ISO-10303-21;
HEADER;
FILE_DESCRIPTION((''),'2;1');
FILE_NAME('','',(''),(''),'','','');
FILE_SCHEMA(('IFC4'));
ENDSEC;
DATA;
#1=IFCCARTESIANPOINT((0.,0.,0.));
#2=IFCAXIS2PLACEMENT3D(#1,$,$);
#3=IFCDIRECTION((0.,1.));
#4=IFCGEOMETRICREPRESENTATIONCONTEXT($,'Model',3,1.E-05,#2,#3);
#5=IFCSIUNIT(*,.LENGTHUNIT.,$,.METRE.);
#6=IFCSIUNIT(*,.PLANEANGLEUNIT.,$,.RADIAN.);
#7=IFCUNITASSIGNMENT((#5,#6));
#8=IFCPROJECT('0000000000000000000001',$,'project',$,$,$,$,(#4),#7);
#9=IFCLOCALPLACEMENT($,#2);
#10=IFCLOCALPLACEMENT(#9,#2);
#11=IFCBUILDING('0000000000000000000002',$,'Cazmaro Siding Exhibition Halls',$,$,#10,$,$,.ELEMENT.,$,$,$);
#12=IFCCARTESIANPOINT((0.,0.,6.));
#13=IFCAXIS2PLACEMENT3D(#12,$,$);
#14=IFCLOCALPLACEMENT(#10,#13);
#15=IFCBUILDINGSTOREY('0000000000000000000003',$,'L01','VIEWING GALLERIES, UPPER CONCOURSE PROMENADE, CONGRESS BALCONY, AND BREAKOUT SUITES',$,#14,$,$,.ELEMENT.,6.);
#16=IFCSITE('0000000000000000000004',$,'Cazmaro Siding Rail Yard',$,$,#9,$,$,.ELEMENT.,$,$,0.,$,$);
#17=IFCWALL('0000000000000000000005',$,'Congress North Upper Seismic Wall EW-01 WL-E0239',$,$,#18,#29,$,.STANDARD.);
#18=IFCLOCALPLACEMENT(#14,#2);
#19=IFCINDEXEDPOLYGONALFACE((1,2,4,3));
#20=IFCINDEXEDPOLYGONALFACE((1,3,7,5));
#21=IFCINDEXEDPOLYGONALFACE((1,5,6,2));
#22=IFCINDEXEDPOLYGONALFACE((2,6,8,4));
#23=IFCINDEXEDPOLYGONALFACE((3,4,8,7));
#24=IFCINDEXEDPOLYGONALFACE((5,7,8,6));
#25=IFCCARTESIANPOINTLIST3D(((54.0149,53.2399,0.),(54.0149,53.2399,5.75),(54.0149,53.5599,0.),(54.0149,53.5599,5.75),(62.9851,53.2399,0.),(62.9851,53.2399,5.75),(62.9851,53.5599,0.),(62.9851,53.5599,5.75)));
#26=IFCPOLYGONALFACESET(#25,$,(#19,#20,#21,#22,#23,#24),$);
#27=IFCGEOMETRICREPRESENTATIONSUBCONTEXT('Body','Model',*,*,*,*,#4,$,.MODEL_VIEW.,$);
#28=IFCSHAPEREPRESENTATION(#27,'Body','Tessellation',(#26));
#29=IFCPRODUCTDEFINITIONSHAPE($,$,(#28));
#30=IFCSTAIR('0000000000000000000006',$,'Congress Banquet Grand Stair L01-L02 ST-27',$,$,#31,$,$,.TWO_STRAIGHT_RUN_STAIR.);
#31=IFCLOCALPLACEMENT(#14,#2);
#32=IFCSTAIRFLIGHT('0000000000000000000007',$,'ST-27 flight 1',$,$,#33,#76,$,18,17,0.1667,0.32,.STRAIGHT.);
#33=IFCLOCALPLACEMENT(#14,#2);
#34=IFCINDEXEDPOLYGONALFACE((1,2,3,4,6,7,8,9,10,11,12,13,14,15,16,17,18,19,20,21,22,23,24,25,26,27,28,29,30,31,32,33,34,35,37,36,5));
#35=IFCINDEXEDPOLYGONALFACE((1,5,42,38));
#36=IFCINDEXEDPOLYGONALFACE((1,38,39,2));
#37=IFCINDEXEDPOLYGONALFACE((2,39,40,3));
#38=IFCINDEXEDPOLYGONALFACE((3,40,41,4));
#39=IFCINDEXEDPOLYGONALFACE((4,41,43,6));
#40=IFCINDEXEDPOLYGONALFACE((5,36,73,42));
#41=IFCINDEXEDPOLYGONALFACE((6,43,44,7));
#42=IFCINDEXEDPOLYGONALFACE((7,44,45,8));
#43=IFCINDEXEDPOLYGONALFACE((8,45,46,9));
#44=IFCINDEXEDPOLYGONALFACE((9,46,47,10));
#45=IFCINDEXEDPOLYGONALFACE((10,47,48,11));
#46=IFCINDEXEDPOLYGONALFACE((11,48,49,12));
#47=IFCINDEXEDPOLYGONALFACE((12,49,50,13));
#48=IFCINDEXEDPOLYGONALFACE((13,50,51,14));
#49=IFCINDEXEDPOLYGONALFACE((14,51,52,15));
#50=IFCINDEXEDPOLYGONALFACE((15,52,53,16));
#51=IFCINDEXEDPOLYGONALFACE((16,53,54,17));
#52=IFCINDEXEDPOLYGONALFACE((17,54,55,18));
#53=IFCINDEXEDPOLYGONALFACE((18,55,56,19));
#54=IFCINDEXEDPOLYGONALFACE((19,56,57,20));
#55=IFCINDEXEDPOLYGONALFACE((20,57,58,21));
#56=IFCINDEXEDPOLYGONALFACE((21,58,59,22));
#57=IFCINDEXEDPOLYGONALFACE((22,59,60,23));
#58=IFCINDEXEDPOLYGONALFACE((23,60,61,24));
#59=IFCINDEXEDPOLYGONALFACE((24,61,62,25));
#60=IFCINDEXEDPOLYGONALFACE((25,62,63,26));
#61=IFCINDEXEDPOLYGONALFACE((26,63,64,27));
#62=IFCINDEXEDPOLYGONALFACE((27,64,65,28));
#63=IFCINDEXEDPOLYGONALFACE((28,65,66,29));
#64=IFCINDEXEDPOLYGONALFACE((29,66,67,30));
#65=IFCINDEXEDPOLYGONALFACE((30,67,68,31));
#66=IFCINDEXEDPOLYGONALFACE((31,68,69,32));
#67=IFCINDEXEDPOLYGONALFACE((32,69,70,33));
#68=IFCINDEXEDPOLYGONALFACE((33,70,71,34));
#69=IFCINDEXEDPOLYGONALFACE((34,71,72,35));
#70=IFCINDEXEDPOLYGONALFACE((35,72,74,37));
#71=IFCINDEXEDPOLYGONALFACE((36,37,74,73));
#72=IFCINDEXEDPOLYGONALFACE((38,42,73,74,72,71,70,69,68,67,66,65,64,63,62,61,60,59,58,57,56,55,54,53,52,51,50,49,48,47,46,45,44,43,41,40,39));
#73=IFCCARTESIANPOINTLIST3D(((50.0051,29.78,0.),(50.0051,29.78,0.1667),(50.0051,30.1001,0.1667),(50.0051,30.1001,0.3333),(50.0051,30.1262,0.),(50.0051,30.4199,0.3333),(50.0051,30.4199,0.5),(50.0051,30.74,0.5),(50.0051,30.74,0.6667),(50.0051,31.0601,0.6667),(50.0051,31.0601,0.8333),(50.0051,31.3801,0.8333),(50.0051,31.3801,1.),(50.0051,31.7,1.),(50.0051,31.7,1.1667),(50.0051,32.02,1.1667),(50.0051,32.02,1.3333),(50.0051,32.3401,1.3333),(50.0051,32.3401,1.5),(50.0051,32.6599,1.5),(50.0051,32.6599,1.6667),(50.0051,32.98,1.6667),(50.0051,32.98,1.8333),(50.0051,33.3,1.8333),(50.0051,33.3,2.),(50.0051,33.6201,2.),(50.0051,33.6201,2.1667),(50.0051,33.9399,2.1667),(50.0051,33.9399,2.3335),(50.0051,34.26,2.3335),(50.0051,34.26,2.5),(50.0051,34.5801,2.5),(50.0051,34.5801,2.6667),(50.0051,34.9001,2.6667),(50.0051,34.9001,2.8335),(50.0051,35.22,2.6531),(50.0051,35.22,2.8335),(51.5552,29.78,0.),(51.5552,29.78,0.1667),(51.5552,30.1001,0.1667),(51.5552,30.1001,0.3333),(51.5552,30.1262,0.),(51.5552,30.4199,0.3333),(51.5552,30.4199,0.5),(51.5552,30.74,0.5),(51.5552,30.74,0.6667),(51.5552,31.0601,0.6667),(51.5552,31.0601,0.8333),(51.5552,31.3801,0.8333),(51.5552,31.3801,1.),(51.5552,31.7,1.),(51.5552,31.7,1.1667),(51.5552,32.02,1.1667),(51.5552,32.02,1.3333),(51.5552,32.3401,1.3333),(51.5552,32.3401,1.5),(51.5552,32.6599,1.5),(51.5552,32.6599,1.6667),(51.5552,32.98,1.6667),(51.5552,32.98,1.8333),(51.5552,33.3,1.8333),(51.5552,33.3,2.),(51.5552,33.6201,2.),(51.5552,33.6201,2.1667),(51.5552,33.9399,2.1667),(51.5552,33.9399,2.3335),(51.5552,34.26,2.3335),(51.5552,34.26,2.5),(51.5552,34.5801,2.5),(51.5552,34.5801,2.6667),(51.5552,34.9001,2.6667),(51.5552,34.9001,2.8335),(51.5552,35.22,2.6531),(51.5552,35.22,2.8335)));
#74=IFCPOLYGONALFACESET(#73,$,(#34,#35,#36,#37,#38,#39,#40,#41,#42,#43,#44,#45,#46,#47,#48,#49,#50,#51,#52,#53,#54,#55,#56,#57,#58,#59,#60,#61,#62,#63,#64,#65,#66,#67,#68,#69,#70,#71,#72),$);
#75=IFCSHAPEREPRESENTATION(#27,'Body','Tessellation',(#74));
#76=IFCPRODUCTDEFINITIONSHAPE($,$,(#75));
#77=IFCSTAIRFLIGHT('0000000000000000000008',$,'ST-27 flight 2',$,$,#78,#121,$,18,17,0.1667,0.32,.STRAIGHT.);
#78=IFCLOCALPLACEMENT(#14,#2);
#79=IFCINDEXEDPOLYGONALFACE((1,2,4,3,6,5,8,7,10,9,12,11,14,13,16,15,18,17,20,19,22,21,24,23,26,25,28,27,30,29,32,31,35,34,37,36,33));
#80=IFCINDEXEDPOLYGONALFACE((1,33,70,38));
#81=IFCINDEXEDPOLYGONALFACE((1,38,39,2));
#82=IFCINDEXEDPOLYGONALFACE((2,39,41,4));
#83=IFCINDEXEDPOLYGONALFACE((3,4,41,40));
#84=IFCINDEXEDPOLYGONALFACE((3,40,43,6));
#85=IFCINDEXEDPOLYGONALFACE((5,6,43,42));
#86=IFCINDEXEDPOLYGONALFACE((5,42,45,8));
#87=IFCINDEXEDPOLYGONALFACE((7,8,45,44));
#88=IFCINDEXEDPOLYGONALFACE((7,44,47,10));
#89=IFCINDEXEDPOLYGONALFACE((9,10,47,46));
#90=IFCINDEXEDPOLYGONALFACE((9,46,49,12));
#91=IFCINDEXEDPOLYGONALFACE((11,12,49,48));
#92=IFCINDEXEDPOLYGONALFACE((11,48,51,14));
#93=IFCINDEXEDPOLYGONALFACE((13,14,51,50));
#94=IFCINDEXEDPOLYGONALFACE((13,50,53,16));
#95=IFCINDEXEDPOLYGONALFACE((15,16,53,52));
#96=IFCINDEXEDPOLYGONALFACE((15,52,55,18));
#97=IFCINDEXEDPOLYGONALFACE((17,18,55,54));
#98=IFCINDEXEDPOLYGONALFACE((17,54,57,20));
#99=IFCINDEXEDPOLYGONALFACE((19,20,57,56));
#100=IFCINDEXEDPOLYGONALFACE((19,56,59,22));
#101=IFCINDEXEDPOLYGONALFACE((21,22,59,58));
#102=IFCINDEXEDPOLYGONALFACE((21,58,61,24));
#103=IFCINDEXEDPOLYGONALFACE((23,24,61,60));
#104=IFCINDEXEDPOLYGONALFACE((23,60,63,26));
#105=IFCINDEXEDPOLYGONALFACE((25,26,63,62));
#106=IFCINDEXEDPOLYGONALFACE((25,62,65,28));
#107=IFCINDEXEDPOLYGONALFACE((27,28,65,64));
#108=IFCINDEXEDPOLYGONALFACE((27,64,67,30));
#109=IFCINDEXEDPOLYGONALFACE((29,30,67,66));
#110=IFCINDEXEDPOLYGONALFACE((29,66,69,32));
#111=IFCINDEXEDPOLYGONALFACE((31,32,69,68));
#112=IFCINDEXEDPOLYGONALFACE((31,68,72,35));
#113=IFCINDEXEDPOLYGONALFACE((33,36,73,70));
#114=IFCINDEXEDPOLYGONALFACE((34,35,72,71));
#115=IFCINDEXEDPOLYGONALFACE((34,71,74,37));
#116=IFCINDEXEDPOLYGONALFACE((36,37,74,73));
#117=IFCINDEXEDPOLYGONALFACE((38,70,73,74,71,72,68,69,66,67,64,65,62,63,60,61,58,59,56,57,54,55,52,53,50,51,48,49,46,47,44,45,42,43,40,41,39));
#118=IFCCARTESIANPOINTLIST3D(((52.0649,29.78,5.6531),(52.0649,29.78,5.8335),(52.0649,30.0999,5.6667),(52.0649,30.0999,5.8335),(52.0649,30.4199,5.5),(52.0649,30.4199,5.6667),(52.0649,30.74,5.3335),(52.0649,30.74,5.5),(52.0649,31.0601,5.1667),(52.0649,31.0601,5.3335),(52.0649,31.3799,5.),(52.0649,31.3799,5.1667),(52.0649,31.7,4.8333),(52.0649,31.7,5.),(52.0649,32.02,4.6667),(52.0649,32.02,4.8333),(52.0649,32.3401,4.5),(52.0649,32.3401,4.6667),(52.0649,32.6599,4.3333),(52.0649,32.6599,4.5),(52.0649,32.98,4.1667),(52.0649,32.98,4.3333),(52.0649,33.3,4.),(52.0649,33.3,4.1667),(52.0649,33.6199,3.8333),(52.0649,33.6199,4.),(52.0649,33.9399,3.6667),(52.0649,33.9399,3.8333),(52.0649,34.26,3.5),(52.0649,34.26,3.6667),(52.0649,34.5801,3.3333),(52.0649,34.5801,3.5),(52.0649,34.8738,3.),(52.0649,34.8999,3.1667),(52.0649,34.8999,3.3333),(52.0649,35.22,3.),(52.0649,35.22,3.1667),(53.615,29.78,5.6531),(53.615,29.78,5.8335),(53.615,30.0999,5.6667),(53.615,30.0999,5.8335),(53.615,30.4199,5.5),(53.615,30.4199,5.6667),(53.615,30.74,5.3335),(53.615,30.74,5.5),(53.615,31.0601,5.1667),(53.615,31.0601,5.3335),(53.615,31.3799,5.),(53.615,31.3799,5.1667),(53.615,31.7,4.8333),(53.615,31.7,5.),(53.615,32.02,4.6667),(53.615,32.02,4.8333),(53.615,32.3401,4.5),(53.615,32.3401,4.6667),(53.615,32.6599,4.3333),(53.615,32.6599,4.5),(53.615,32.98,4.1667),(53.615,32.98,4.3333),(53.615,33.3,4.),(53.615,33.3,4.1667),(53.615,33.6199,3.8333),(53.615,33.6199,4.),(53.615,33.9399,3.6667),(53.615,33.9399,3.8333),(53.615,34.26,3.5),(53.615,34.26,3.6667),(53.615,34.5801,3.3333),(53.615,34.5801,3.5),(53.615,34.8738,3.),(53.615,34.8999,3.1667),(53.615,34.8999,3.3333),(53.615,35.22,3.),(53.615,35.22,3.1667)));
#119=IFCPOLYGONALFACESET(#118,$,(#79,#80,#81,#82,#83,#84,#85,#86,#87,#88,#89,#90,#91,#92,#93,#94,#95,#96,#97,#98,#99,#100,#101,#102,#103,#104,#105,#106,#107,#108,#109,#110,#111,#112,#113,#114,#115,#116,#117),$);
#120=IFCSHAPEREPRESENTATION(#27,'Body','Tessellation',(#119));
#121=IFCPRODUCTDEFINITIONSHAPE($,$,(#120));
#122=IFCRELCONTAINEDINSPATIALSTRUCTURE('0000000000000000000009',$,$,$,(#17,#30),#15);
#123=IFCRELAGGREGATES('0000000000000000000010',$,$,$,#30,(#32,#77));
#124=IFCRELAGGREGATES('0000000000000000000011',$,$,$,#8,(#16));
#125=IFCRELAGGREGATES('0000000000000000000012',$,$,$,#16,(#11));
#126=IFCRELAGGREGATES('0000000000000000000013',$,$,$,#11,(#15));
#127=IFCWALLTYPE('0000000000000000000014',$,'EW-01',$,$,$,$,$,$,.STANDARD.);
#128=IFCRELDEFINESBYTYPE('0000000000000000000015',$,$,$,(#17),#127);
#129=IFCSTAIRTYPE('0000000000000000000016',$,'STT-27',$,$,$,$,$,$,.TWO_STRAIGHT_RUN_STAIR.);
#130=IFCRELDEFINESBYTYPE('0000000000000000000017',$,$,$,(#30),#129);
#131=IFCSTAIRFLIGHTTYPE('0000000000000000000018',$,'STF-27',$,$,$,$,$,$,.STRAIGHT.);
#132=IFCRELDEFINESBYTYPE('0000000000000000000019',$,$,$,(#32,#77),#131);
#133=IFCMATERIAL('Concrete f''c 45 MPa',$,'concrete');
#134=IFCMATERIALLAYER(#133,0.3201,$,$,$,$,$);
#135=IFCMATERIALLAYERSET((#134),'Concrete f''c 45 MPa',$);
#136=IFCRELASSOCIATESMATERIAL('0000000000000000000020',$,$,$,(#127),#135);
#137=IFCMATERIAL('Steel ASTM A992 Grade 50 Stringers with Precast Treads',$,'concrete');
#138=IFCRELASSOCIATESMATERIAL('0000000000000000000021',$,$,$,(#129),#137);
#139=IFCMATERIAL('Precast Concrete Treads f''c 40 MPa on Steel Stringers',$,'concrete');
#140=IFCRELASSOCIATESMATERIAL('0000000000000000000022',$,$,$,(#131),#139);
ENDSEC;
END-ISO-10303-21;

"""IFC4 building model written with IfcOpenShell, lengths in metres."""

from ifc_helpers import new_model, si_unit, direction, frame, frame_2d, origin, place, context, subcontext, project, spatial, polyline, rectangle, outline, extrude, material, layer, layer_set, type_object, element, aggregate, save


model = new_model("IFC4")

# Units and contexts
model_context = context("Model", 3, precision=1e-05, world=origin(), true_north=direction((0.0, 1.0)))
body_context = subcontext(model_context, "Body", "Model", "MODEL_VIEW")
ifc_project = project(units=[si_unit("LENGTHUNIT", "METRE"), si_unit("PLANEANGLEUNIT", "RADIAN")], contexts=[model_context])

# Site, building, storey
site_placement = place(None, origin())
site = spatial("IfcSite", under=ifc_project, at=site_placement, Name="Cazmaro Siding Rail Yard", CompositionType="ELEMENT", RefElevation=0.0)
building_placement = place(site_placement, origin())
building = spatial("IfcBuilding", under=site, at=building_placement, Name="Cazmaro Siding Exhibition Halls", CompositionType="ELEMENT")
storey_placement = place(building_placement, frame((0.0, 0.0, 6.0)))
storey = spatial("IfcBuildingStorey", under=building, at=storey_placement, Name="L01", Description="VIEWING GALLERIES, UPPER CONCOURSE PROMENADE, CONGRESS BALCONY, AND BREAKOUT SUITES", CompositionType="ELEMENT", Elevation=6.0)

# Wall
ifc_material_1 = material(Name="Concrete f'c 45 MPa", Category="concrete")
ifc_layer_1 = layer(ifc_material_1, 0.3201)
ifc_layer_set_1 = layer_set([ifc_layer_1], Name="Concrete f'c 45 MPa")
wall_type = type_object("IfcWallType", Name="EW-01", PredefinedType="STANDARD", material=ifc_layer_set_1)
wall_placement = place(storey_placement, frame((54.0149, 53.3999, 0.0), z_axis=(0.0, 0.0, 1.0), x_axis=(1.0, 0.0, 0.0)))
element("IfcWall", 1, at=wall_placement, inside=storey, type_object=wall_type, Name="Congress North Upper Seismic Wall EW-01 WL-E0239", PredefinedType="STANDARD", context=body_context, shape_type="SweptSolid", body=[
    extrude(rectangle(XDim=8.9702, YDim=0.3201, at=frame_2d((4.4851, 0.0))), origin(), (0.0, 0.0, 1.0), 5.75),
])

# Stair, stair flights
ifc_material_2 = material(Name="Steel ASTM A992 Grade 50 Stringers with Precast Treads", Category="concrete")
stair_type = type_object("IfcStairType", Name="STT-27", PredefinedType="TWO_STRAIGHT_RUN_STAIR", material=ifc_material_2)
stair_placement = place(storey_placement, origin())
stair = element("IfcStair", 2, at=stair_placement, inside=storey, type_object=stair_type, Name="Congress Banquet Grand Stair L01-L02 ST-27", PredefinedType="TWO_STRAIGHT_RUN_STAIR")
ifc_material_3 = material(Name="Precast Concrete Treads f'c 40 MPa on Steel Stringers", Category="concrete")
stair_flight_type = type_object("IfcStairFlightType", Name="STF-27", PredefinedType="STRAIGHT", material=ifc_material_3)
stair_flight_1_placement = place(storey_placement, frame((50.78, 29.78, 0.0), z_axis=(0.0, 0.0, 1.0), x_axis=(0.0, 1.0, 0.0)))
stair_flight_1 = element("IfcStairFlight", 3, at=stair_flight_1_placement, type_object=stair_flight_type, Name="ST-27 flight 1", NumberOfRisers=18, NumberOfTreads=17, PredefinedType="STRAIGHT", RiserHeight=0.1667, TreadLength=0.32, context=body_context, shape_type="SweptSolid", body=[
    extrude(outline(polyline([(0.0, 0.0), (0.0, 0.1667), (0.3201, 0.1667), (0.3201, 0.3333), (0.6399, 0.3333), (0.6399, 0.5), (0.96, 0.5), (0.96, 0.6667), (1.28, 0.6667), (1.28, 0.8333), (1.6001, 0.8333), (1.6001, 1.0), (1.9199, 1.0), (1.9199, 1.1667), (2.24, 1.1667), (2.24, 1.3333), (2.5601, 1.3333), (2.5601, 1.5), (2.8799, 1.5), (2.8799, 1.6667), (3.2, 1.6667), (3.2, 1.8333), (3.52, 1.8333), (3.52, 2.0), (3.8401, 2.0), (3.8401, 2.1667), (4.1599, 2.1667), (4.1599, 2.3335), (4.48, 2.3335), (4.48, 2.5), (4.8, 2.5), (4.8, 2.6667), (5.1201, 2.6667), (5.1201, 2.8335), (5.4399, 2.8335), (5.4399, 3.0), (5.4399, 2.6531), (0.3462, 0.0), (0.0, 0.0)])), frame((0.0, 0.7749, 0.0), z_axis=(0.0, -1.0, 0.0), x_axis=(1.0, 0.0, 0.0)), (0.0, 0.0, 1.0), 1.55),
])
stair_flight_2_placement = place(storey_placement, frame((52.8401, 35.22, 3.0), z_axis=(0.0, 0.0, 1.0), x_axis=(0.0, -1.0, 0.0)))
stair_flight_2 = element("IfcStairFlight", 4, at=stair_flight_2_placement, type_object=stair_flight_type, Name="ST-27 flight 2", NumberOfRisers=18, NumberOfTreads=17, PredefinedType="STRAIGHT", RiserHeight=0.1667, TreadLength=0.32, context=body_context, shape_type="SweptSolid", body=[
    extrude(outline(polyline([(0.0, 0.0), (0.0, 0.1667), (0.3201, 0.1667), (0.3201, 0.3333), (0.6399, 0.3333), (0.6399, 0.5), (0.96, 0.5), (0.96, 0.6667), (1.28, 0.6667), (1.28, 0.8333), (1.6001, 0.8333), (1.6001, 1.0), (1.9199, 1.0), (1.9199, 1.1667), (2.24, 1.1667), (2.24, 1.3333), (2.5601, 1.3333), (2.5601, 1.5), (2.8799, 1.5), (2.8799, 1.6667), (3.2, 1.6667), (3.2, 1.8333), (3.52, 1.8333), (3.52, 2.0), (3.8401, 2.0), (3.8401, 2.1667), (4.1599, 2.1667), (4.1599, 2.3335), (4.48, 2.3335), (4.48, 2.5), (4.8, 2.5), (4.8, 2.6667), (5.1201, 2.6667), (5.1201, 2.8335), (5.4399, 2.8335), (5.4399, 3.0), (5.4399, 2.6531), (0.3462, 0.0), (0.0, 0.0)])), frame((0.0, 0.7749, 0.0), z_axis=(0.0, -1.0, 0.0), x_axis=(1.0, 0.0, 0.0)), (0.0, 0.0, 1.0), 1.55),
])
aggregate(stair, [stair_flight_1, stair_flight_2])

save(model, "model.ifc")
